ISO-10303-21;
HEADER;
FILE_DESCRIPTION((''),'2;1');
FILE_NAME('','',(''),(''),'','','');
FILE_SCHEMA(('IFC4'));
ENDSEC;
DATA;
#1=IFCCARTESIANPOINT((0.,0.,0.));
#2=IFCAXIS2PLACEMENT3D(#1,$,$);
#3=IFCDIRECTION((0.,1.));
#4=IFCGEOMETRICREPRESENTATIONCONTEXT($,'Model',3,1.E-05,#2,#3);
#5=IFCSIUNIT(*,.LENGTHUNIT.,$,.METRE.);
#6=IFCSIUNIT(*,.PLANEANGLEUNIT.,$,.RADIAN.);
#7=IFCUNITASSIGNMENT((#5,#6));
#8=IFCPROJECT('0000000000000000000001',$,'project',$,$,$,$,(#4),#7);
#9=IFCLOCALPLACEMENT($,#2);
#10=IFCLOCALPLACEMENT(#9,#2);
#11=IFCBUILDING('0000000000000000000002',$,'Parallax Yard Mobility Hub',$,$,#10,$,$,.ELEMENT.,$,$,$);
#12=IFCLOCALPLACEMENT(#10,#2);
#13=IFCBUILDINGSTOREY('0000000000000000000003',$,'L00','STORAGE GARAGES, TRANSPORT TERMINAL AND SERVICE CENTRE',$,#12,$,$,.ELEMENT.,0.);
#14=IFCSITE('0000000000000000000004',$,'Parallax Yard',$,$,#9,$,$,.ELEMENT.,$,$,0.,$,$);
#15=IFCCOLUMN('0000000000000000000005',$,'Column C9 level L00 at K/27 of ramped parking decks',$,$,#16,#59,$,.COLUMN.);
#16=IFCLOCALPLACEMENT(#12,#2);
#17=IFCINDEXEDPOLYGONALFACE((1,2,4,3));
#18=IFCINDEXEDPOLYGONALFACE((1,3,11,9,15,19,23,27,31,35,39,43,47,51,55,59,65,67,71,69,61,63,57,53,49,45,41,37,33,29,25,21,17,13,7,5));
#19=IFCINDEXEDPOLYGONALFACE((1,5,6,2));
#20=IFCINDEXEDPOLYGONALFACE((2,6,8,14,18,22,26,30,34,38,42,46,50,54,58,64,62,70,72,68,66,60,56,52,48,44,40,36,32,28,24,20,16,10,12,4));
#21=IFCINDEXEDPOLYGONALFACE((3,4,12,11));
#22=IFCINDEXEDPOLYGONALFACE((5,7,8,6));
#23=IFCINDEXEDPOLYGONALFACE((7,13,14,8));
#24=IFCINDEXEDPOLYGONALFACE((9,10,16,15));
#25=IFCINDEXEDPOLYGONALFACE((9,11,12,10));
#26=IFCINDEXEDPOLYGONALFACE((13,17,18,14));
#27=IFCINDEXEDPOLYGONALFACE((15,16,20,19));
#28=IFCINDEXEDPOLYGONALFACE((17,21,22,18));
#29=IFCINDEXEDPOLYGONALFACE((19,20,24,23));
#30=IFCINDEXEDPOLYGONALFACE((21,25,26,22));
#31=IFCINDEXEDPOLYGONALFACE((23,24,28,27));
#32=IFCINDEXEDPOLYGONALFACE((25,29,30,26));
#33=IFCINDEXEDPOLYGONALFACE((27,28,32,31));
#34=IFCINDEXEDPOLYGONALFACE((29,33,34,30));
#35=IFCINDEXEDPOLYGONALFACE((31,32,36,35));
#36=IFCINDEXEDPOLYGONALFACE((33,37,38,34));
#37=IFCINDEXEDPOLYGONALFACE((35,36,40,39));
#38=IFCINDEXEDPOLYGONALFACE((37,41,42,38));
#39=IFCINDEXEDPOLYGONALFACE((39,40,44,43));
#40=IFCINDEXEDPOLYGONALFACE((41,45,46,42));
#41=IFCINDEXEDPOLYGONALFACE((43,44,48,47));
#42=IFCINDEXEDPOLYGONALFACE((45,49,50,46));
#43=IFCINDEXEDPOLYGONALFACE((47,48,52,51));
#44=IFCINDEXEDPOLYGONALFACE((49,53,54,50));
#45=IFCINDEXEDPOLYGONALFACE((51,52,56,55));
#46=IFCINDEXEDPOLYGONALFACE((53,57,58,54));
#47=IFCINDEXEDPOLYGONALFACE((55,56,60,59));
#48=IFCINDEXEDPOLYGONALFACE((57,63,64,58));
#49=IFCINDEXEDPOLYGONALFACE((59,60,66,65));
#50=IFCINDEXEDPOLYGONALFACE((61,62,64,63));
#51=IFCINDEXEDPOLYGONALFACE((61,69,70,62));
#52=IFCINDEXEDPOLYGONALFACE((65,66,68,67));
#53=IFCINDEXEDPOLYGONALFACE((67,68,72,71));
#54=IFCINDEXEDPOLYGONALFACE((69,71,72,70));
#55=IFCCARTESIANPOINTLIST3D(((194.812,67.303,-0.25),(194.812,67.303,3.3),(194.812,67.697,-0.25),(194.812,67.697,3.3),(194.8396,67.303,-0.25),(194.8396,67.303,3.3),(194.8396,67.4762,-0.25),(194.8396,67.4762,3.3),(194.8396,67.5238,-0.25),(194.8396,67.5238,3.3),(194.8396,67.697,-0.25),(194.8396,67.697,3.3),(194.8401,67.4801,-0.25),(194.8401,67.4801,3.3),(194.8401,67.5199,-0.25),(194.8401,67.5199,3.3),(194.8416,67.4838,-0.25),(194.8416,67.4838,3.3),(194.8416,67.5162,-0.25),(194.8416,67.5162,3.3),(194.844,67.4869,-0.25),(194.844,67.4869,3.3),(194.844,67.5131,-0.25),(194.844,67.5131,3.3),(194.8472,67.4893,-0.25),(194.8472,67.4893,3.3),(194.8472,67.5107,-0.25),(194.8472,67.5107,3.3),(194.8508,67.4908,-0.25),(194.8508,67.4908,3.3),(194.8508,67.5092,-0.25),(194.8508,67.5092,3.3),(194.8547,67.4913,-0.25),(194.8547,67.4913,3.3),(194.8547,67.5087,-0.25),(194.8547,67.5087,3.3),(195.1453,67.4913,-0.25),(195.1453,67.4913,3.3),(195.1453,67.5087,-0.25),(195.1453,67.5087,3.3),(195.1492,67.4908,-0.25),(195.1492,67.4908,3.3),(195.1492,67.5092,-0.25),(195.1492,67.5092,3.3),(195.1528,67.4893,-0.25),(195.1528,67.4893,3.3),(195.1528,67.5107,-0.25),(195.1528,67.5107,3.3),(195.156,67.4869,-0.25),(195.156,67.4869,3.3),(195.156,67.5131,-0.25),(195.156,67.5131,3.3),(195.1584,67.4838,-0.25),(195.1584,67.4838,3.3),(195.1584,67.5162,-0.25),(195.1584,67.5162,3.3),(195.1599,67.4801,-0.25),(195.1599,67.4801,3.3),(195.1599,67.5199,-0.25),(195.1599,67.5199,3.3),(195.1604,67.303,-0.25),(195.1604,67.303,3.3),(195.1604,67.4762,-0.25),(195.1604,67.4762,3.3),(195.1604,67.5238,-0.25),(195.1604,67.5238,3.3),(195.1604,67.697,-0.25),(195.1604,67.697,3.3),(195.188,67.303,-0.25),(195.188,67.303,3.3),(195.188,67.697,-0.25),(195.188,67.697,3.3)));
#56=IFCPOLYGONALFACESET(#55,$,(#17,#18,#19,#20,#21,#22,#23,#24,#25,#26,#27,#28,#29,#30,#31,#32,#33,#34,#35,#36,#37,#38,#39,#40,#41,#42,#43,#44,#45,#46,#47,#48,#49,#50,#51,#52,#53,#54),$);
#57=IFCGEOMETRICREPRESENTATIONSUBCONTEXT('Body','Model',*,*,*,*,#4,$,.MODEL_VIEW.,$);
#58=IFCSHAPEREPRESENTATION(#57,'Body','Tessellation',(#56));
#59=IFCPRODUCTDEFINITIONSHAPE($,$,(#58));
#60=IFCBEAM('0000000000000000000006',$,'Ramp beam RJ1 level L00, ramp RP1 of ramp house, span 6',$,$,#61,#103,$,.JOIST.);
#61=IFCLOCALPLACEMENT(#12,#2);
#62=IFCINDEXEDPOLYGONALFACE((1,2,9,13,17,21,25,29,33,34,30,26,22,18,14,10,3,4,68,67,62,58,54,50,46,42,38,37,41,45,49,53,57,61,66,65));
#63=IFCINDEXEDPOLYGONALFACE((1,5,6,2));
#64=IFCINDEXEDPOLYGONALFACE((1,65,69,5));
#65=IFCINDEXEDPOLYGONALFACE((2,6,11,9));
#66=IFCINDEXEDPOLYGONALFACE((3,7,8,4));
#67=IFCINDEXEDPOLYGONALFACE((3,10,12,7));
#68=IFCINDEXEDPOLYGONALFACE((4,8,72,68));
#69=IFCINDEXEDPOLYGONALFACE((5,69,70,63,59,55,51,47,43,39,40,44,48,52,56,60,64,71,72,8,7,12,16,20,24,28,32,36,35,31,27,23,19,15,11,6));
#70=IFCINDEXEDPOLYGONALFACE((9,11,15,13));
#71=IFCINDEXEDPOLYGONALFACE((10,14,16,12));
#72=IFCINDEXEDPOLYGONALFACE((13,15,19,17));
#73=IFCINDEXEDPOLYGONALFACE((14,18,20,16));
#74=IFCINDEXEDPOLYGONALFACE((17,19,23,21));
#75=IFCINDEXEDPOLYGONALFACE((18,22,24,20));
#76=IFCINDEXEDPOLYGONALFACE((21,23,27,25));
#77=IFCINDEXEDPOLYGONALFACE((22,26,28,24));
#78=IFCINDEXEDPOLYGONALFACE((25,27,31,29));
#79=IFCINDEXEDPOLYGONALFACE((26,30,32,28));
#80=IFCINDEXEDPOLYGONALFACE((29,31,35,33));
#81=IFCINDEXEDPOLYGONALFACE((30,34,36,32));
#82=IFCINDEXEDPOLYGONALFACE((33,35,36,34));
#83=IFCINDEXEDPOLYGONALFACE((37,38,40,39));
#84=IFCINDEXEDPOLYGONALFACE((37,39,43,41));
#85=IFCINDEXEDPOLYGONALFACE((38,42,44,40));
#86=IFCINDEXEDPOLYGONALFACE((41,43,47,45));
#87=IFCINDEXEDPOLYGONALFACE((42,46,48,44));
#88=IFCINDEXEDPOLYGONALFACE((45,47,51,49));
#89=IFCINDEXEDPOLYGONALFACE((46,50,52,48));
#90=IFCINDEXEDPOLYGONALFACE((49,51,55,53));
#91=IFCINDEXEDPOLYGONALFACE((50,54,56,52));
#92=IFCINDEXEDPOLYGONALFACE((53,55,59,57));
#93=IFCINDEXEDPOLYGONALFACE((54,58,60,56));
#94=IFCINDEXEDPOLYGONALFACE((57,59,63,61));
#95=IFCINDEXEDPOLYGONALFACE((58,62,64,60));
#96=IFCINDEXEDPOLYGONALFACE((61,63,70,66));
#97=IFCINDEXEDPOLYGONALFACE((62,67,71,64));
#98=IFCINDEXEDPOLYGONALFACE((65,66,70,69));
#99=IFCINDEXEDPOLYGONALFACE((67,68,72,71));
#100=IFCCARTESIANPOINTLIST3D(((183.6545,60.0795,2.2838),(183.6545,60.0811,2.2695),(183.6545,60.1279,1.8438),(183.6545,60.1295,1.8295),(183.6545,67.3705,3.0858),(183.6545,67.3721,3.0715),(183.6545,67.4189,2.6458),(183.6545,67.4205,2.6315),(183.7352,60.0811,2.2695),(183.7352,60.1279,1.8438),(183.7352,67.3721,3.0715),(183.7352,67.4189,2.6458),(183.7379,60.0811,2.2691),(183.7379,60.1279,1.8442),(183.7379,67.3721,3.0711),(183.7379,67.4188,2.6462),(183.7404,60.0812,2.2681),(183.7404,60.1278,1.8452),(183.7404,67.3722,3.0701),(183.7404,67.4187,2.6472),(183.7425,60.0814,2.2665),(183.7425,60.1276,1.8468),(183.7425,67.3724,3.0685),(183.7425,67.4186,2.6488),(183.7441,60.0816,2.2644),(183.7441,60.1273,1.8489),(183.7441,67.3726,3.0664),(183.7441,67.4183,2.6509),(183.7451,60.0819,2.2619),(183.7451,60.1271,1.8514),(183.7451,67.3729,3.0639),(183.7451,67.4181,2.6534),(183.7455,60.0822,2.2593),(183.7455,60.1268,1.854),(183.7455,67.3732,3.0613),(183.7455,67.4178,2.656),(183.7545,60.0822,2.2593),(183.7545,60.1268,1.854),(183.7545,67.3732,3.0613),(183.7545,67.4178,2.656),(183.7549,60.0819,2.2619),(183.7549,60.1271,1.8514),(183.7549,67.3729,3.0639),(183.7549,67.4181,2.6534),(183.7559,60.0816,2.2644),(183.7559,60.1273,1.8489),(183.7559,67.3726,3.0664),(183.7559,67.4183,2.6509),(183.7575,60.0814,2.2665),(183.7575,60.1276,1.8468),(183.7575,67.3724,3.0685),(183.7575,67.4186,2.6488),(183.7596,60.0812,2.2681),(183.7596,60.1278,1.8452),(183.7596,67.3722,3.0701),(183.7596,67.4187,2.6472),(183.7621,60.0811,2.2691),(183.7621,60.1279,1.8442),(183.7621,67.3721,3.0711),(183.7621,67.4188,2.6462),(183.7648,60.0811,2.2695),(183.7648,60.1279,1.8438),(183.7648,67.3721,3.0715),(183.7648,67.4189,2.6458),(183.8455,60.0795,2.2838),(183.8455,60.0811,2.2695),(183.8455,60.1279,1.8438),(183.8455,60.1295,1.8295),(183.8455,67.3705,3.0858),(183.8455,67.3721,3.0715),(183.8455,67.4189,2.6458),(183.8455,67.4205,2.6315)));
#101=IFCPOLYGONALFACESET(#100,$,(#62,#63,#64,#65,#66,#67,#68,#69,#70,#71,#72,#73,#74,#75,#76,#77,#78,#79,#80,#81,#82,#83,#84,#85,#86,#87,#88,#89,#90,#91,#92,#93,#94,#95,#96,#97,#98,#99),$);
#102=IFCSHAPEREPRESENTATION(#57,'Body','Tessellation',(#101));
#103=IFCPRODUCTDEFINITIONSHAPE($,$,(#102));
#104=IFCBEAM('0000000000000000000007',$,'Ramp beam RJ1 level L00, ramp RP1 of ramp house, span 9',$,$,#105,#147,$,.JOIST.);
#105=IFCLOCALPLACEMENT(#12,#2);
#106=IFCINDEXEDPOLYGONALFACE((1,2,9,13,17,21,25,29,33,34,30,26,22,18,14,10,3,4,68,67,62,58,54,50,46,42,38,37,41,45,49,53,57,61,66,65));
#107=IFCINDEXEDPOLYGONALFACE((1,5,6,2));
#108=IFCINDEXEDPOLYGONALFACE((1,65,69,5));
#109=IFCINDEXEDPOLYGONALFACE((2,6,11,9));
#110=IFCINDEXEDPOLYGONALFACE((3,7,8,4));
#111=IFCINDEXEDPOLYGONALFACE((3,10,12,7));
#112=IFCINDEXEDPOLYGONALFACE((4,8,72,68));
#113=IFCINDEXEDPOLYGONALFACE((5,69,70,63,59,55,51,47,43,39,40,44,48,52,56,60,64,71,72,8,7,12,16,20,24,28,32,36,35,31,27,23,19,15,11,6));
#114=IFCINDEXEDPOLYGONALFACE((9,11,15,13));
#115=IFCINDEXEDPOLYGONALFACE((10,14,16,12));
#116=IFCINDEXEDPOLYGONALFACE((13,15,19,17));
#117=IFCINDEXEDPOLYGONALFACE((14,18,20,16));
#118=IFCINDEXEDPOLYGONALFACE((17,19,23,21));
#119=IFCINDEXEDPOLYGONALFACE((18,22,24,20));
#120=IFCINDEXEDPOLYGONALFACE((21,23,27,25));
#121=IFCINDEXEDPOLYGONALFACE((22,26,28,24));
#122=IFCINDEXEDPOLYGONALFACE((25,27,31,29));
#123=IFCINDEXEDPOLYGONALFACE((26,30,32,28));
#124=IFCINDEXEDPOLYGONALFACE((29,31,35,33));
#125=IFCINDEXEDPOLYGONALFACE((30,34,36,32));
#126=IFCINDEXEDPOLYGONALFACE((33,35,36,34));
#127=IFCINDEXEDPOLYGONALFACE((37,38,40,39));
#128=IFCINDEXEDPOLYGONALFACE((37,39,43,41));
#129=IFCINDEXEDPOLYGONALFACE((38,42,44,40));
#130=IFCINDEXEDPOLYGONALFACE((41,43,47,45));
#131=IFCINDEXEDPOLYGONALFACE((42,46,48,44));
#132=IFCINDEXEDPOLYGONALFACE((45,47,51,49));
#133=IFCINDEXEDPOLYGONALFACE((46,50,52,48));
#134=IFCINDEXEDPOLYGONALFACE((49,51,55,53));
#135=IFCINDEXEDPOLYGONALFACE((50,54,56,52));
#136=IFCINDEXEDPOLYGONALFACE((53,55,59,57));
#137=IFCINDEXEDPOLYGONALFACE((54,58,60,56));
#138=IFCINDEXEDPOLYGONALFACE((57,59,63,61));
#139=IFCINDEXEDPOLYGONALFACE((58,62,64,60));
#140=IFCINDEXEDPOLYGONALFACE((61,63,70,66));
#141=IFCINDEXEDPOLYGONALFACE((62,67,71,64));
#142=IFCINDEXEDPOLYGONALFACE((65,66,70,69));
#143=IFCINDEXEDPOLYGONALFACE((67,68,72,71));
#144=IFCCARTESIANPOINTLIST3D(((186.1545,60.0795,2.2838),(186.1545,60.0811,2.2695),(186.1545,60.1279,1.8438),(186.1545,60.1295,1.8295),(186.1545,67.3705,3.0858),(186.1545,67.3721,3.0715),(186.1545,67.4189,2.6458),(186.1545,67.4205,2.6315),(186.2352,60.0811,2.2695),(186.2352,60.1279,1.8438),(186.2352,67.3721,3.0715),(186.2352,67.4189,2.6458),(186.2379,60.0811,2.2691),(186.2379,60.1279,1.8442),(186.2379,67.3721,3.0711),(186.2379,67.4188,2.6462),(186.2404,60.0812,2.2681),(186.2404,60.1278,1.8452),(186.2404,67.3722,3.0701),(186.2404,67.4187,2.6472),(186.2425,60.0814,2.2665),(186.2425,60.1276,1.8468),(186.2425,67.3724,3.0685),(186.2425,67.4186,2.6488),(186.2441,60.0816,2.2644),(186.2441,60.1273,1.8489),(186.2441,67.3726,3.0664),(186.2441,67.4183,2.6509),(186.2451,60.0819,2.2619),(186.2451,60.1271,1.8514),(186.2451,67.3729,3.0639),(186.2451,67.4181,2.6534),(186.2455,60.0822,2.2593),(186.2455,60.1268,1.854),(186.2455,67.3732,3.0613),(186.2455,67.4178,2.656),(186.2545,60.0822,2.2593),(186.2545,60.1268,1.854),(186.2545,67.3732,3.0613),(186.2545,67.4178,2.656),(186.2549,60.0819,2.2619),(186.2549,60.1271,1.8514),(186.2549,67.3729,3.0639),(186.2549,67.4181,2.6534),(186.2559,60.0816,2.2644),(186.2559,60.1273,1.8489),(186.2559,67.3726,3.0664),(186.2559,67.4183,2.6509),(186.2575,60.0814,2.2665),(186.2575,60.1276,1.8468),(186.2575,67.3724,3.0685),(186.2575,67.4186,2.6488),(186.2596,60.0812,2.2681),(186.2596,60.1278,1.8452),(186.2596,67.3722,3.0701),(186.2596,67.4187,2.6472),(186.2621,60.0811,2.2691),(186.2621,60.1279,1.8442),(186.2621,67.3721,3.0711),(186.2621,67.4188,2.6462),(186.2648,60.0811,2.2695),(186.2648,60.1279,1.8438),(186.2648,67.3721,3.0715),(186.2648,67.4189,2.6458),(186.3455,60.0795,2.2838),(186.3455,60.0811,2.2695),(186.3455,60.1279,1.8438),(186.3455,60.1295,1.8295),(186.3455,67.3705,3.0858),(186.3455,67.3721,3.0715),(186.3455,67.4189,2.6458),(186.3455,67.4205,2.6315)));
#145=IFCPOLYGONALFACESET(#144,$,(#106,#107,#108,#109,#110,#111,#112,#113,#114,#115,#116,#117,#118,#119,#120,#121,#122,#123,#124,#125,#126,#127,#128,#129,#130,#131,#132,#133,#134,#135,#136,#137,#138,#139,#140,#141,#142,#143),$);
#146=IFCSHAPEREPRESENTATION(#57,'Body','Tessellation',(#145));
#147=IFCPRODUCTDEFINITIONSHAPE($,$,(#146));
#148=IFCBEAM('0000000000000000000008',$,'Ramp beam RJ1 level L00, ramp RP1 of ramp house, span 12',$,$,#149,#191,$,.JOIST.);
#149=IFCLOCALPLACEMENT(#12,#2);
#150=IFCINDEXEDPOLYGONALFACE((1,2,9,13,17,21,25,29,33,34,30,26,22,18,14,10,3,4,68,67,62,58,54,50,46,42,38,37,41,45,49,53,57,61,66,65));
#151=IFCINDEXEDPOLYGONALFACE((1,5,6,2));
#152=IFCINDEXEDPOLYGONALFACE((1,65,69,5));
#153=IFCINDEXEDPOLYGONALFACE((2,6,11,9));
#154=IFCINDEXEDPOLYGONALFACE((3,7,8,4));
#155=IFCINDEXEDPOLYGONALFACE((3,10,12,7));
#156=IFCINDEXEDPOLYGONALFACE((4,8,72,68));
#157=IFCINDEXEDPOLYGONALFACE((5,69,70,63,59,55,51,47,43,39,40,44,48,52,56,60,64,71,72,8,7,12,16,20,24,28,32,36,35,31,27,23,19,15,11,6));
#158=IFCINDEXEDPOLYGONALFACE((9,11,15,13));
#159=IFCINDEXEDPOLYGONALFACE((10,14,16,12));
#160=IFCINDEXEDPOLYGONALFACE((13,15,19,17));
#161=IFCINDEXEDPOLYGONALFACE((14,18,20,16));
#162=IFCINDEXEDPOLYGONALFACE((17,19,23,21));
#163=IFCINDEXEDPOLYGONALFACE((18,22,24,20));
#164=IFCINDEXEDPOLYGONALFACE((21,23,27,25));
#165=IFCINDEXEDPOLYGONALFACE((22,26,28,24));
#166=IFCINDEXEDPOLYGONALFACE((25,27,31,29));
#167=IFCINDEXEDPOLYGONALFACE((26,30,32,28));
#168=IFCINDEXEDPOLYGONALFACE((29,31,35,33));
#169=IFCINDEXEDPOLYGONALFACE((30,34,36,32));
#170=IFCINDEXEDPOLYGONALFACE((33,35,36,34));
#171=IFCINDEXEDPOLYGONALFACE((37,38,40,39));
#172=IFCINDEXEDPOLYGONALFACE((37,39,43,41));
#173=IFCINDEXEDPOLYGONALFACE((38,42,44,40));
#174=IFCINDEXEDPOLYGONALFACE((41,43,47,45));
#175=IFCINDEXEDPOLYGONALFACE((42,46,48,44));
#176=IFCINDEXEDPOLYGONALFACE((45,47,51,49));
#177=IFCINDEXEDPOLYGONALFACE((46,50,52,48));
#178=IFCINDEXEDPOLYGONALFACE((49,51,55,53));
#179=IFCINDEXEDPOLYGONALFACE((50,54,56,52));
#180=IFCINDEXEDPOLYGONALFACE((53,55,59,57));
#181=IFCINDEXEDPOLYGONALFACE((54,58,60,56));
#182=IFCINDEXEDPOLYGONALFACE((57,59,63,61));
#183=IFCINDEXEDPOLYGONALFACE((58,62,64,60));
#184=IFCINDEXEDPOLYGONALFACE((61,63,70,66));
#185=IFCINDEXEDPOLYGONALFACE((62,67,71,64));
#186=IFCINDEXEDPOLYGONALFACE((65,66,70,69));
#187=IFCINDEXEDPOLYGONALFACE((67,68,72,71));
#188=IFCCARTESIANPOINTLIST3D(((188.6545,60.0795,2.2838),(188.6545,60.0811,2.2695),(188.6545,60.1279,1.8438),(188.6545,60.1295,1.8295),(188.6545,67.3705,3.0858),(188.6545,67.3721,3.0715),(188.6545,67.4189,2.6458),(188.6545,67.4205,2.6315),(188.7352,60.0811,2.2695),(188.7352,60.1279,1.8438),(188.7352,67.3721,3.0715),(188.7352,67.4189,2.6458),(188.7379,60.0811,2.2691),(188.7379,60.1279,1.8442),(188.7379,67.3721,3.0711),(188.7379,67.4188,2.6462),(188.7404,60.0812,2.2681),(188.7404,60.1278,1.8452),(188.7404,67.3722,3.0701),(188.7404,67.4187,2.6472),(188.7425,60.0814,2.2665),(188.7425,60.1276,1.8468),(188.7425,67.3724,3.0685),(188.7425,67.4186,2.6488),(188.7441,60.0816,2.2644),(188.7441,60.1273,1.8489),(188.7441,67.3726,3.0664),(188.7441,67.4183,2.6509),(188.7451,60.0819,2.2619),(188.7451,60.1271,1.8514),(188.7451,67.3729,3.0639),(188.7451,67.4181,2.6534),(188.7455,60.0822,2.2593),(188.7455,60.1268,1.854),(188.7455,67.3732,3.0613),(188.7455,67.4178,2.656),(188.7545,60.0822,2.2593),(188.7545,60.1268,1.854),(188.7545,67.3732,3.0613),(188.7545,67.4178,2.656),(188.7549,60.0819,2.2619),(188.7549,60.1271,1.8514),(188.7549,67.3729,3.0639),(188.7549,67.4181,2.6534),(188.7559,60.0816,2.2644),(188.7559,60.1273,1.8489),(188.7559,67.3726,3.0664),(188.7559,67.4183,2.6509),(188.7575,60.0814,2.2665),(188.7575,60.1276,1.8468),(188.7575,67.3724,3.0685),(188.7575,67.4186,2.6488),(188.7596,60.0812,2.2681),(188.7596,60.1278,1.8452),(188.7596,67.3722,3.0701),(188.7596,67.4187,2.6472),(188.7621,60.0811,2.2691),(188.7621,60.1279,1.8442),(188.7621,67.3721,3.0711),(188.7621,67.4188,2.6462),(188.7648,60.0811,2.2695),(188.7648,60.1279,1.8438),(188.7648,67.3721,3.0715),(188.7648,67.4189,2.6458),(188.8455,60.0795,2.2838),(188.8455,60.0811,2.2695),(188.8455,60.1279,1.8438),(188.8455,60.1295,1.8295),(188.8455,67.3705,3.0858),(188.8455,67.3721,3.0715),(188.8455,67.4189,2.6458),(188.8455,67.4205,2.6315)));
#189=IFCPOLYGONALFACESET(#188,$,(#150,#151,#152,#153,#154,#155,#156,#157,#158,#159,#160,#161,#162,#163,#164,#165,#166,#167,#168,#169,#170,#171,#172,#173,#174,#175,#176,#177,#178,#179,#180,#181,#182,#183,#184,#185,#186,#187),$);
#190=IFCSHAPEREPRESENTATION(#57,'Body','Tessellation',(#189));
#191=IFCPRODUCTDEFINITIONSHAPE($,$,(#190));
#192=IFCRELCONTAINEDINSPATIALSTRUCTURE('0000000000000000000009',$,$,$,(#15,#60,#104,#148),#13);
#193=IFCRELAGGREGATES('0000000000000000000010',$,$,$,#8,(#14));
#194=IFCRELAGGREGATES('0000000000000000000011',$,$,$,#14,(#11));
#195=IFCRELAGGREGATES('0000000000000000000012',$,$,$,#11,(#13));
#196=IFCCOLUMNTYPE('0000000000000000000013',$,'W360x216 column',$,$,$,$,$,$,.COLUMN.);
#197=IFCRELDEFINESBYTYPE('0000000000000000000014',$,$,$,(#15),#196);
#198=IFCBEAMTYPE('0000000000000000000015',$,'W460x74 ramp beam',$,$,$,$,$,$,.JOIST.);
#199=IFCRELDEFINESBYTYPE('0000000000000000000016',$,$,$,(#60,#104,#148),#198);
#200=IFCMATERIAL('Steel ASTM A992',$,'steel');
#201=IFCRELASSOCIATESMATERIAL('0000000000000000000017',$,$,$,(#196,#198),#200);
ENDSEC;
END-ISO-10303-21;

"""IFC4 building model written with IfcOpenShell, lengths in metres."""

from ifc_helpers import new_model, si_unit, direction, frame, origin, origin_2d, place, context, subcontext, project, spatial, i_section, extrude, material, material_profile, profile_set, type_object, element, save


model = new_model("IFC4")

# Units and contexts
model_context = context("Model", 3, precision=1e-05, world=origin(), true_north=direction((0.0, 1.0)))
body_context = subcontext(model_context, "Body", "Model", "MODEL_VIEW")
ifc_project = project(units=[si_unit("LENGTHUNIT", "METRE"), si_unit("PLANEANGLEUNIT", "RADIAN")], contexts=[model_context])

# Site, building, storey
site_placement = place(None, origin())
site = spatial("IfcSite", under=ifc_project, at=site_placement, Name="Parallax Yard", CompositionType="ELEMENT", RefElevation=0.0)
building_placement = place(site_placement, origin())
building = spatial("IfcBuilding", under=site, at=building_placement, Name="Parallax Yard Mobility Hub", CompositionType="ELEMENT")
storey_placement = place(building_placement, origin())
storey = spatial("IfcBuildingStorey", under=building, at=storey_placement, Name="L00", Description="STORAGE GARAGES, TRANSPORT TERMINAL AND SERVICE CENTRE", CompositionType="ELEMENT", Elevation=0.0)

# Column
ifc_material_1 = material(Name="Steel ASTM A992", Category="steel")
ifc_material_profile_1 = material_profile(ifc_material_1, i_section(OverallWidth=0.394, OverallDepth=0.376, WebThickness=0.0173, FlangeThickness=0.0276, FilletRadius=0.0151, at=origin_2d()), Name="W360x216")
ifc_profile_set_1 = profile_set([ifc_material_profile_1], Name="Steel ASTM A992")
column_type_1 = type_object("IfcColumnType", Name="W360x216 column", PredefinedType="COLUMN", material=ifc_profile_set_1)
for number, where, z_axis, x_axis, name in (
    (1, (195.0, 67.5, -0.25), (0.0, 0.0, 1.0), (0.0, 1.0, 0.0), "Column C9 level L00 at K/27 of ramped parking decks"),
):
    element("IfcColumn", number, at=place(storey_placement, frame(where, z_axis=z_axis, x_axis=x_axis)), inside=storey, type_object=column_type_1, Name=name, PredefinedType="COLUMN", context=body_context, shape_type="SweptSolid", body=[
        extrude(i_section(OverallWidth=0.394, OverallDepth=0.376, WebThickness=0.0173, FlangeThickness=0.0276, FilletRadius=0.0151, at=origin_2d()), origin(), (0.0, 0.0, 1.0), 3.55),
    ])

# Beams
ifc_material_profile_2 = material_profile(ifc_material_1, i_section(OverallWidth=0.1909, OverallDepth=0.457, WebThickness=0.009, FlangeThickness=0.0144, FilletRadius=0.0103, at=origin_2d()), Name="W460x74")
ifc_profile_set_2 = profile_set([ifc_material_profile_2], Name="Steel ASTM A992")
beam_type = type_object("IfcBeamType", Name="W460x74 ramp beam", PredefinedType="JOIST", material=ifc_profile_set_2)
for number, where, z_axis, x_axis, name in (
    (2, (183.75, 60.1045, 2.0566), (0.0, 0.994005, 0.109339), (-1.0, 0.0, 0.0), "Ramp beam RJ1 level L00, ramp RP1 of ramp house, span 6"),
    (3, (186.25, 60.1045, 2.0566), (0.0, 0.994005, 0.109339), (-1.0, 0.0, 0.0), "Ramp beam RJ1 level L00, ramp RP1 of ramp house, span 9"),
    (4, (188.75, 60.1045, 2.0566), (0.0, 0.994005, 0.109339), (-1.0, 0.0, 0.0), "Ramp beam RJ1 level L00, ramp RP1 of ramp house, span 12"),
):
    element("IfcBeam", number, at=place(storey_placement, frame(where, z_axis=z_axis, x_axis=x_axis)), inside=storey, type_object=beam_type, Name=name, PredefinedType="JOIST", context=body_context, shape_type="SweptSolid", body=[
        extrude(i_section(OverallWidth=0.1909, OverallDepth=0.457, WebThickness=0.009, FlangeThickness=0.0144, FilletRadius=0.0103, at=origin_2d()), origin(), (0.0, 0.0, 1.0), 7.335),
    ])

save(model, "model.ifc")
